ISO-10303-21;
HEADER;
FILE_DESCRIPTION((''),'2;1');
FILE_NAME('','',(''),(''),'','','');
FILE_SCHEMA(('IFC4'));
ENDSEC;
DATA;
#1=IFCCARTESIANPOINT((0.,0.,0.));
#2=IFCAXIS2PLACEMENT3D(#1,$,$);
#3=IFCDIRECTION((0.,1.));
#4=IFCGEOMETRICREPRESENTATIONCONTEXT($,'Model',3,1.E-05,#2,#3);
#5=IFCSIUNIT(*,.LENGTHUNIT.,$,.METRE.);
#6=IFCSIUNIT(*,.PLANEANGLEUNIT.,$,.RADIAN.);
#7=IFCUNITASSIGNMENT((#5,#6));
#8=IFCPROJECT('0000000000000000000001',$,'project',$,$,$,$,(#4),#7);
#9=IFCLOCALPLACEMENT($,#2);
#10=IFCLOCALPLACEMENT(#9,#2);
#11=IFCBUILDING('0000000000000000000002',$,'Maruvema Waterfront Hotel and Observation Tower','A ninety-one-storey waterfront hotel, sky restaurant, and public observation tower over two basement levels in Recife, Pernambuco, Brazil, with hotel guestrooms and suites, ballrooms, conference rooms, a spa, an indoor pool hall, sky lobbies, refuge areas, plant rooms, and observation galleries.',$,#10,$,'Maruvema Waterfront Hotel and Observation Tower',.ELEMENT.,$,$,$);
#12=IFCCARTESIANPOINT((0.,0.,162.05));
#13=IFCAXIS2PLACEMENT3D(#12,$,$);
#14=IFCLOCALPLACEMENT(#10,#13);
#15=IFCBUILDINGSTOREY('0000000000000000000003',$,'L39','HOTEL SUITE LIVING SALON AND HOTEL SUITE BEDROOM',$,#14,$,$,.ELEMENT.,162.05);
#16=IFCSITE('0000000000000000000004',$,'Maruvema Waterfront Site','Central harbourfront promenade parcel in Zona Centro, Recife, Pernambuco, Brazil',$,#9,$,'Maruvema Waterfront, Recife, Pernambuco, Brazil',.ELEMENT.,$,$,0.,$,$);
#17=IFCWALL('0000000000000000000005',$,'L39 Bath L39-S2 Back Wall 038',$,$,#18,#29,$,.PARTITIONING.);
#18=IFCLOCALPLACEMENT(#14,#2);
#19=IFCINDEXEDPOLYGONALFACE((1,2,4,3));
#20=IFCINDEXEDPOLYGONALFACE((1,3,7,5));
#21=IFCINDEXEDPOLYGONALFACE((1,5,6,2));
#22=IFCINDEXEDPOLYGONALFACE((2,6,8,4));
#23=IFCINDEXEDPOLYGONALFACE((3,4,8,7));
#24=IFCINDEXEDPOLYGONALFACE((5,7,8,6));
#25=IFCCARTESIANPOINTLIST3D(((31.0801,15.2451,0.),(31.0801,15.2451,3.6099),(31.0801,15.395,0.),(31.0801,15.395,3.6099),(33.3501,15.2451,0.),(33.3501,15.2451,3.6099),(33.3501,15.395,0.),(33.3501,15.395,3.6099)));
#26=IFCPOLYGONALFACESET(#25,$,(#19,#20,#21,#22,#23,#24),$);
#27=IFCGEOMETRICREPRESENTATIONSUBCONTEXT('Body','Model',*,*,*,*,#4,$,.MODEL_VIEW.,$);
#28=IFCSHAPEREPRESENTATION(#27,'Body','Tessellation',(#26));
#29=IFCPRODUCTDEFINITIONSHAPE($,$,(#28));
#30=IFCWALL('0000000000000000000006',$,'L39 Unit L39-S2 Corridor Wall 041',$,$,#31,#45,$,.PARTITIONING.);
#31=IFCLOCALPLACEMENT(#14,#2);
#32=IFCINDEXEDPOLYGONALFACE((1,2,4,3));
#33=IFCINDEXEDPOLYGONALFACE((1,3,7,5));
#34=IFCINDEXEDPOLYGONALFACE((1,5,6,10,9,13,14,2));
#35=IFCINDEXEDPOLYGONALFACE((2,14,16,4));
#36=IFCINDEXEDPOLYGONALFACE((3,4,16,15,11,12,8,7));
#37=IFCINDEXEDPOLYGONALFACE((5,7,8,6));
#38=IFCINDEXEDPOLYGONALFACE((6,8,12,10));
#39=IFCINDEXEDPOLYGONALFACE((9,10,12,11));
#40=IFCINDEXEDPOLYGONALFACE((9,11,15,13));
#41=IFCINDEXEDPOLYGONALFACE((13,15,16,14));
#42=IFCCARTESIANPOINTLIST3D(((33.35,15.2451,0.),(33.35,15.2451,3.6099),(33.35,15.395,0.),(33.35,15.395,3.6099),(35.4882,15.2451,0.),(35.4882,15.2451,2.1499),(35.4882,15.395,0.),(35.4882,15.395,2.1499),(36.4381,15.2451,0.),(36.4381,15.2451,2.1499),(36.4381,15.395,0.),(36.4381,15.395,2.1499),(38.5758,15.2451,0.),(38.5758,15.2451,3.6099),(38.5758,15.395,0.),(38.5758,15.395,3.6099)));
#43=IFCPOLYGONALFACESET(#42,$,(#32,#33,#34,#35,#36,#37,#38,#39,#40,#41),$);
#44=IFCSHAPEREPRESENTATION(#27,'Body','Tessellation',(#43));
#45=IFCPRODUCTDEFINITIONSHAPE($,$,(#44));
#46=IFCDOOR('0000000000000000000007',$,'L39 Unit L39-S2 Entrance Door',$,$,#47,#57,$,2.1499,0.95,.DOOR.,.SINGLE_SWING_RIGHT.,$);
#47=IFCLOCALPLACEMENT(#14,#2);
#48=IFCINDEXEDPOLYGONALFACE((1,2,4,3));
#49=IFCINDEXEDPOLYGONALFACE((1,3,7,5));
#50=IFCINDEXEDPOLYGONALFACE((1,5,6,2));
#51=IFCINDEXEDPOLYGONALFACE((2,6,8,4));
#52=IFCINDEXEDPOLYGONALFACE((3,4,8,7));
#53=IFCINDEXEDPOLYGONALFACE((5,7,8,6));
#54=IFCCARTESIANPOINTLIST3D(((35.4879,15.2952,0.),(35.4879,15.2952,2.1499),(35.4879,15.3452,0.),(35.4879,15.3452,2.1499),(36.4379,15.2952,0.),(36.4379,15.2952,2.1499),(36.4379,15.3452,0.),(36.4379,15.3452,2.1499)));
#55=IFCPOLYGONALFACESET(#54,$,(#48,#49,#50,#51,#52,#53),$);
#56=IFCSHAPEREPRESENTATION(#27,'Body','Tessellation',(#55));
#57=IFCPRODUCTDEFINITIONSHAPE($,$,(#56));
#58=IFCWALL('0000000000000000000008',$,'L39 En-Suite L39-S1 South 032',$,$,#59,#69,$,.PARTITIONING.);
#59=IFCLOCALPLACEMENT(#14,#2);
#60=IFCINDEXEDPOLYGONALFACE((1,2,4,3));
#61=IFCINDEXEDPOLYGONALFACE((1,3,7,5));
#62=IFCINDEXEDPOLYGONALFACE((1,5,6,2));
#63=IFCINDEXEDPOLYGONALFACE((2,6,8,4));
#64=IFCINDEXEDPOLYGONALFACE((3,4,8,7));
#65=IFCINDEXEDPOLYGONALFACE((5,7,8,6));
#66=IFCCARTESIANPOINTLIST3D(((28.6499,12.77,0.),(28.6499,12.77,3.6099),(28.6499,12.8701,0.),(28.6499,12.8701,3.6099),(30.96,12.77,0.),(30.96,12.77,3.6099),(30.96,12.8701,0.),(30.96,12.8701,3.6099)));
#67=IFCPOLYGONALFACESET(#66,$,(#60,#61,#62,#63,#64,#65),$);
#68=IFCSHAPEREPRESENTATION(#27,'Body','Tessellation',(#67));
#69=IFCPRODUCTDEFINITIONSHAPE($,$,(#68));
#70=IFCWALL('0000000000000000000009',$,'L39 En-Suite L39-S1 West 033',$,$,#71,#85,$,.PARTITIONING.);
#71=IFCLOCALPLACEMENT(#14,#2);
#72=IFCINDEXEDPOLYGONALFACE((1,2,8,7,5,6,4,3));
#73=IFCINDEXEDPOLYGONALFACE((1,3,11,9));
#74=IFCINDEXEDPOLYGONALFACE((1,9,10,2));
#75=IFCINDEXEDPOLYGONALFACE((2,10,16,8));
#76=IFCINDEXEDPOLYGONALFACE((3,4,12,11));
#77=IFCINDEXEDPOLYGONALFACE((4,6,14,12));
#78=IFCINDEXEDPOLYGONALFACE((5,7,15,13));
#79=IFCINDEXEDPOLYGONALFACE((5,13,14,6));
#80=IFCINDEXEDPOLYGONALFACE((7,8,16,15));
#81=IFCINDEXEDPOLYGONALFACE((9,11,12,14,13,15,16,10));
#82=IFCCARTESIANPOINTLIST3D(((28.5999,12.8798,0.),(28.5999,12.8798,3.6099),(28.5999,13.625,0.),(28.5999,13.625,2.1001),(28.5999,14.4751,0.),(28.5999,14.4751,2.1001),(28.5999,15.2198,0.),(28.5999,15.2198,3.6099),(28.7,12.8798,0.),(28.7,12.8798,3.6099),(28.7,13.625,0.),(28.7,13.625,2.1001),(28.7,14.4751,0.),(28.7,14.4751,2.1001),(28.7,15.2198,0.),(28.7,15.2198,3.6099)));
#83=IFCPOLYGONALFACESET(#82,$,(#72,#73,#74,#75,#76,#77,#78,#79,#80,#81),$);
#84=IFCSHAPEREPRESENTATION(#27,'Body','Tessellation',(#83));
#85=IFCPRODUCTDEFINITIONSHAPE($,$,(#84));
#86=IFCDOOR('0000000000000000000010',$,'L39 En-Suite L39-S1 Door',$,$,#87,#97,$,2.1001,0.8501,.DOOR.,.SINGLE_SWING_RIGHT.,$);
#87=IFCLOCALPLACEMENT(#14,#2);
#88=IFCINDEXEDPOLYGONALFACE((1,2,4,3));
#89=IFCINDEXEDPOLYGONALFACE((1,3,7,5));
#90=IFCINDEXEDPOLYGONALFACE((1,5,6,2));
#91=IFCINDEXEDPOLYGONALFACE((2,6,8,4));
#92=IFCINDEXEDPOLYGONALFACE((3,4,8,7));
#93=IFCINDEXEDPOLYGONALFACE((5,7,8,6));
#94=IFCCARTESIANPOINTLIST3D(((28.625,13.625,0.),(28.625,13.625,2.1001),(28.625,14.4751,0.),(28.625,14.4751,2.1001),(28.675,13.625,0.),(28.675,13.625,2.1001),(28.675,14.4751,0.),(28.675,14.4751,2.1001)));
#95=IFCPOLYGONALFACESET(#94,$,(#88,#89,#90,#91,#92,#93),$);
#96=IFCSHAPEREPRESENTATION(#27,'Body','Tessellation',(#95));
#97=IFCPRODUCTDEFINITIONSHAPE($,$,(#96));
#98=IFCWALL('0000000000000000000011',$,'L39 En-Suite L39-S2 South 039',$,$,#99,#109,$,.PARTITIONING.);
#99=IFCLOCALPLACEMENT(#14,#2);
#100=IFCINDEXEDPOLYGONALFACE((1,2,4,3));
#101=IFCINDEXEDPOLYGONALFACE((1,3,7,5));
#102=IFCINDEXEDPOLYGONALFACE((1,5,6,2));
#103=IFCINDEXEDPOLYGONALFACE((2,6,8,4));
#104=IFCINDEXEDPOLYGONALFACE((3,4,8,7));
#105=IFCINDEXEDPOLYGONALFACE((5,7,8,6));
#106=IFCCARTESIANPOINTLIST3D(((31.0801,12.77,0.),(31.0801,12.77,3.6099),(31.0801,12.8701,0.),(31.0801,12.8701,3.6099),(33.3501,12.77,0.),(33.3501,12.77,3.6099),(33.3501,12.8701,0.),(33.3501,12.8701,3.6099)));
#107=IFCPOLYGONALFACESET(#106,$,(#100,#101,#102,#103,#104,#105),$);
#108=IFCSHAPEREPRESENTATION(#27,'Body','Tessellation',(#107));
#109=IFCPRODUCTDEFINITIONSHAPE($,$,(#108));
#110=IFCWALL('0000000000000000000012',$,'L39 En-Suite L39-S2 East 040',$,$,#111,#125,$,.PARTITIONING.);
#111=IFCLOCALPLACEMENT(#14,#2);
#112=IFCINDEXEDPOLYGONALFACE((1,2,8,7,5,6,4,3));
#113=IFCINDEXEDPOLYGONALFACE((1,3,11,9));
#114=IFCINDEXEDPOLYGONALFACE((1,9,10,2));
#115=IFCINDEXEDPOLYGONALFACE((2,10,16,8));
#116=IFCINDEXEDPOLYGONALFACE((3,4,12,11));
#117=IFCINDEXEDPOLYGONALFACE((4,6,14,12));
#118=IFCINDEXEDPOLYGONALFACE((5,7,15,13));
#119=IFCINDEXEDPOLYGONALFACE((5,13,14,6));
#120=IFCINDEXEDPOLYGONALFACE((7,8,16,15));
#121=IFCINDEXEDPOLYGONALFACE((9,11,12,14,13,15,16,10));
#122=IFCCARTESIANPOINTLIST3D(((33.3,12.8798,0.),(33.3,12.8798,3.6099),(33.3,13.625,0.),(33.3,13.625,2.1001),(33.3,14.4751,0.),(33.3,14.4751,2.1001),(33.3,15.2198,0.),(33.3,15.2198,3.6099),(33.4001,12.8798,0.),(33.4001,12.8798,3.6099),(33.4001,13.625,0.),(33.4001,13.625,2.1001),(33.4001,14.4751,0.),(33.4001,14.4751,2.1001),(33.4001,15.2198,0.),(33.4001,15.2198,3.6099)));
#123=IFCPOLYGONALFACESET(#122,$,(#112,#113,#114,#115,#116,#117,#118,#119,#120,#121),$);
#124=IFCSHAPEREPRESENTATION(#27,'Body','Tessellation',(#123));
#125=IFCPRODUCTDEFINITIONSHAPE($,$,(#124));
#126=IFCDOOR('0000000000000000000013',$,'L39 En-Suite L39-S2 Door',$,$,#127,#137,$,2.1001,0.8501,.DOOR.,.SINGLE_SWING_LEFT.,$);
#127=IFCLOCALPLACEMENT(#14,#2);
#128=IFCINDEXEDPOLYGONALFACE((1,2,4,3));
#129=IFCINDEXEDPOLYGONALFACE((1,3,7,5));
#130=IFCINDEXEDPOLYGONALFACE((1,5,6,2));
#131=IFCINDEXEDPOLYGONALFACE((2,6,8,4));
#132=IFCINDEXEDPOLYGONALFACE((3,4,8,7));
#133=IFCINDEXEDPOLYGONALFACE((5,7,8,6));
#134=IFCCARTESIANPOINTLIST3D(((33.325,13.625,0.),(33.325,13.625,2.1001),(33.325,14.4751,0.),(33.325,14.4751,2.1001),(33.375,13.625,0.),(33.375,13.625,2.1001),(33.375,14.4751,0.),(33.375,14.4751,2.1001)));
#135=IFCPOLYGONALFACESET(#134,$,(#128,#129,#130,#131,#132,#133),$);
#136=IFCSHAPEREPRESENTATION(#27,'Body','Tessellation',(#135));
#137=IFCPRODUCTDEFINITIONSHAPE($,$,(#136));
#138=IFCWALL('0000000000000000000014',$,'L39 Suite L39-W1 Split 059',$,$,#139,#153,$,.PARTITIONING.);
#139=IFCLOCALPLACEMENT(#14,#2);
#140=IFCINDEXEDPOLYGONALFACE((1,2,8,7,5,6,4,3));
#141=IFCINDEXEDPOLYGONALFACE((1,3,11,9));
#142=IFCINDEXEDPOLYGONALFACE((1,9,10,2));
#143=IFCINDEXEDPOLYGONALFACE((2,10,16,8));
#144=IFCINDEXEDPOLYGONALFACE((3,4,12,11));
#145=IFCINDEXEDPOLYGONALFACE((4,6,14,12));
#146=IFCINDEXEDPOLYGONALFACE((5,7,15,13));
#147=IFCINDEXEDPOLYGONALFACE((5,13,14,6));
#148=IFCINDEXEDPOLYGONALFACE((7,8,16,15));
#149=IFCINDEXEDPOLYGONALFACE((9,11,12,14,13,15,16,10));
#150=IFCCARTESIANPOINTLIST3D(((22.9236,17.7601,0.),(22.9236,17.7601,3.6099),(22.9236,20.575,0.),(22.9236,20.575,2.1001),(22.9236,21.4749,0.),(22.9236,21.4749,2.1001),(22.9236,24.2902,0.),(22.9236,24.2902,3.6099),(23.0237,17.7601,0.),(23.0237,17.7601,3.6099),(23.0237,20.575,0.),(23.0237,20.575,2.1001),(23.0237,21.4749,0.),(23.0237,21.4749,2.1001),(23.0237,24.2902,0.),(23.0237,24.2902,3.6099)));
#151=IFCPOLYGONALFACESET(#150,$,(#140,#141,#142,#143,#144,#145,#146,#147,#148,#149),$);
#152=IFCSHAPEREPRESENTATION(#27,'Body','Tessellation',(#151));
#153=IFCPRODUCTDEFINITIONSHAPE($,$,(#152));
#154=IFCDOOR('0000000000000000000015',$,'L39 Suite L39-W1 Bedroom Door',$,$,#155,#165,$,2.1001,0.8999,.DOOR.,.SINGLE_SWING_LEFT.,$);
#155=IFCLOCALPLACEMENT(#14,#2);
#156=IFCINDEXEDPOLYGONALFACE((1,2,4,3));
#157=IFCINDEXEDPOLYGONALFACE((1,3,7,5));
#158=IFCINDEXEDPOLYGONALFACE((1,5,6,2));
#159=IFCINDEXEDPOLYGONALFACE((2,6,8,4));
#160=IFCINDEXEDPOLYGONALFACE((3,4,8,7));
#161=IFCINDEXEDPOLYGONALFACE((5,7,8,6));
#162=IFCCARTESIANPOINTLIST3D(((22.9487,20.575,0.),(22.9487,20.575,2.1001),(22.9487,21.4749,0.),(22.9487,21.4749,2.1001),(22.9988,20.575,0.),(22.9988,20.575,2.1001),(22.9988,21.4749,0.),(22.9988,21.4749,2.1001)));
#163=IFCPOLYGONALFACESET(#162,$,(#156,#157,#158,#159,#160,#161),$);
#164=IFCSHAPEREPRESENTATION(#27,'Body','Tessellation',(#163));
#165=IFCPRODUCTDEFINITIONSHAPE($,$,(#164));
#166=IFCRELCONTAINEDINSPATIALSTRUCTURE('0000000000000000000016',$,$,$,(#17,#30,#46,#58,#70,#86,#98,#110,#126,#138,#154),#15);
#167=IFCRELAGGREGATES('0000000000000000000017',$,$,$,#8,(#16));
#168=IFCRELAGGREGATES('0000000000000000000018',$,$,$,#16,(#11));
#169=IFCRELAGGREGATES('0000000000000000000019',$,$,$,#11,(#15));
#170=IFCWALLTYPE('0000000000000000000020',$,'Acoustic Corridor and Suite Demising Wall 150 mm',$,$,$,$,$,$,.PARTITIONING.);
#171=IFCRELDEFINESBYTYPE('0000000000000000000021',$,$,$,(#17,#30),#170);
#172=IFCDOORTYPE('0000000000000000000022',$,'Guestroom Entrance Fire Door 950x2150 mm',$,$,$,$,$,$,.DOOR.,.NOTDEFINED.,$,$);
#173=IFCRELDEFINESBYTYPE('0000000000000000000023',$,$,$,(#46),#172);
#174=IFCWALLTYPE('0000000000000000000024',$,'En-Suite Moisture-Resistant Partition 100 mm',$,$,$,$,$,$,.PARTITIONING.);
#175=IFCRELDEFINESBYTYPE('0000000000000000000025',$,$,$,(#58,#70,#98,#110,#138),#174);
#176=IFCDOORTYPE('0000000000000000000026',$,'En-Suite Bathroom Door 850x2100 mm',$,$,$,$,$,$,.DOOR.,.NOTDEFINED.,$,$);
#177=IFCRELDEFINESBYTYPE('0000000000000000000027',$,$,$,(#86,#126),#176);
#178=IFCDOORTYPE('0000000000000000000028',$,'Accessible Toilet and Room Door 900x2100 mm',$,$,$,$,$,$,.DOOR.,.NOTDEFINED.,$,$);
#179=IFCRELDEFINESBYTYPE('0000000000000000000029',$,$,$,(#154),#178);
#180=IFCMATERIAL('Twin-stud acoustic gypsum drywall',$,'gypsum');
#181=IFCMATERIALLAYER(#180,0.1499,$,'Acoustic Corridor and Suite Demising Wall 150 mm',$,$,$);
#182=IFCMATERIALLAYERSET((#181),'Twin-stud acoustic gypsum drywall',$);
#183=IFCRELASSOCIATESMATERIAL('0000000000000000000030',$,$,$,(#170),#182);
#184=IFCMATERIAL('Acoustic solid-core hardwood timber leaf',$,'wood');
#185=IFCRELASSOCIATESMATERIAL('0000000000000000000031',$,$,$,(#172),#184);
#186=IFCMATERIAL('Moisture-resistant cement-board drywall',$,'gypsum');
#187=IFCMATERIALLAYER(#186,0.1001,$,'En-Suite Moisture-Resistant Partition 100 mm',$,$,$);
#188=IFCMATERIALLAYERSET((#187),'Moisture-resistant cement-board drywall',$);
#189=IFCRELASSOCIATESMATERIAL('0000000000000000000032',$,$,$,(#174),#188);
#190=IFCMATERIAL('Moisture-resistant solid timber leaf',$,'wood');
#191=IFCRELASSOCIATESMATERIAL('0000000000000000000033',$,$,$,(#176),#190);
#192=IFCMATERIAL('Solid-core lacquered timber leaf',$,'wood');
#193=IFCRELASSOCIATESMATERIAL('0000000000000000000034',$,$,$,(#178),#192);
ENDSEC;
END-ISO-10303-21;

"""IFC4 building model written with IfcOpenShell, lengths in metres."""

from ifc_helpers import new_model, si_unit, direction, frame, frame_2d, origin, place, context, subcontext, project, spatial, rectangle, extrude, material, layer, layer_set, type_object, element, fill, save


model = new_model("IFC4")

# Units and contexts
model_context = context("Model", 3, precision=1e-05, world=origin(), true_north=direction((0.0, 1.0)))
body_context = subcontext(model_context, "Body", "Model", "MODEL_VIEW")
ifc_project = project(units=[si_unit("LENGTHUNIT", "METRE"), si_unit("PLANEANGLEUNIT", "RADIAN")], contexts=[model_context])

# Site, building, storey
site_placement = place(None, origin())
site = spatial("IfcSite", under=ifc_project, at=site_placement, Name="Maruvema Waterfront Site", Description="Central harbourfront promenade parcel in Zona Centro, Recife, Pernambuco, Brazil", LongName="Maruvema Waterfront, Recife, Pernambuco, Brazil", CompositionType="ELEMENT", RefElevation=0.0)
building_placement = place(site_placement, origin())
building = spatial("IfcBuilding", under=site, at=building_placement, Name="Maruvema Waterfront Hotel and Observation Tower", Description="A ninety-one-storey waterfront hotel, sky restaurant, and public observation tower over two basement levels in Recife, Pernambuco, Brazil, with hotel guestrooms and suites, ballrooms, conference rooms, a spa, an indoor pool hall, sky lobbies, refuge areas, plant rooms, and observation galleries.", LongName="Maruvema Waterfront Hotel and Observation Tower", CompositionType="ELEMENT")
storey_placement = place(building_placement, frame((0.0, 0.0, 162.05)))
storey = spatial("IfcBuildingStorey", under=building, at=storey_placement, Name="L39", Description="HOTEL SUITE LIVING SALON AND HOTEL SUITE BEDROOM", CompositionType="ELEMENT", Elevation=162.05)

# Shared definitions
ifc_material_1 = material(Name="Twin-stud acoustic gypsum drywall", Category="gypsum")
ifc_layer_1 = layer(ifc_material_1, 0.1499, Name="Acoustic Corridor and Suite Demising Wall 150 mm")
ifc_layer_set_1 = layer_set([ifc_layer_1], Name="Twin-stud acoustic gypsum drywall")
wall_type_1 = type_object("IfcWallType", Name="Acoustic Corridor and Suite Demising Wall 150 mm", PredefinedType="PARTITIONING", material=ifc_layer_set_1)

# Shared definitions
ifc_material_2 = material(Name="Acoustic solid-core hardwood timber leaf", Category="wood")
door_type_1 = type_object("IfcDoorType", Name="Guestroom Entrance Fire Door 950x2150 mm", OperationType="NOTDEFINED", PredefinedType="DOOR", material=ifc_material_2)

# Wall
wall_1_placement = place(storey_placement, frame((31.0801, 15.3201, 0.0), z_axis=(0.0, 0.0, 1.0), x_axis=(1.0, 0.0, 0.0)))
element("IfcWall", 1, at=wall_1_placement, inside=storey, type_object=wall_type_1, Name="L39 Bath L39-S2 Back Wall 038", PredefinedType="PARTITIONING", context=body_context, shape_type="SweptSolid", body=[
    extrude(rectangle(XDim=2.27, YDim=0.1499, at=frame_2d((1.135, 0.0))), origin(), (0.0, 0.0, 1.0), 3.6099),
])

# Wall, opening, door
wall_2_placement = place(storey_placement, frame((33.3501, 15.3201, 0.0), z_axis=(0.0, 0.0, 1.0), x_axis=(1.0, 0.0, 0.0)))
wall_2 = element("IfcWall", 2, at=wall_2_placement, inside=storey, type_object=wall_type_1, Name="L39 Unit L39-S2 Corridor Wall 041", PredefinedType="PARTITIONING", context=body_context, shape_type="SweptSolid", body=[
    extrude(rectangle(XDim=5.2258, YDim=0.1499, at=frame_2d((2.6128, 0.0))), origin(), (0.0, 0.0, 1.0), 3.6099),
])
opening_1_placement = place(wall_2_placement, frame((2.1379, 0.0, 0.0)))
opening_1 = element("IfcOpeningElement", 3, at=opening_1_placement, cuts=wall_2, PredefinedType="OPENING", context=body_context, shape_type="SweptSolid", body=[
    extrude(rectangle(XDim=0.95, YDim=2.1499, at=frame_2d((0.4751, 1.075))), frame((0.0, 0.085, 0.0), z_axis=(0.0, -1.0, 0.0), x_axis=(1.0, 0.0, 0.0)), (0.0, 0.0, 1.0), 0.1699),
])
door_1_placement = place(opening_1_placement, frame((0.95, 0.0, 0.0), z_axis=(0.0, 0.0, 1.0), x_axis=(-1.0, 0.0, 0.0)))
door_1 = element("IfcDoor", 4, at=door_1_placement, inside=storey, type_object=door_type_1, Name="L39 Unit L39-S2 Entrance Door", OperationType="SINGLE_SWING_RIGHT", OverallHeight=2.1499, OverallWidth=0.95, PredefinedType="DOOR", context=body_context, shape_type="SweptSolid", body=[
    extrude(rectangle(XDim=0.95, YDim=2.1499, at=frame_2d((0.4751, 1.075))), frame((0.0, 0.0249, 0.0), z_axis=(0.0, -1.0, 0.0), x_axis=(1.0, 0.0, 0.0)), (0.0, 0.0, 1.0), 0.05),
])
fill(opening_1, door_1)

# Wall
ifc_material_3 = material(Name="Moisture-resistant cement-board drywall", Category="gypsum")
ifc_layer_2 = layer(ifc_material_3, 0.1001, Name="En-Suite Moisture-Resistant Partition 100 mm")
ifc_layer_set_2 = layer_set([ifc_layer_2], Name="Moisture-resistant cement-board drywall")
wall_type_2 = type_object("IfcWallType", Name="En-Suite Moisture-Resistant Partition 100 mm", PredefinedType="PARTITIONING", material=ifc_layer_set_2)
wall_3_placement = place(storey_placement, frame((28.6499, 12.8201, 0.0), z_axis=(0.0, 0.0, 1.0), x_axis=(1.0, 0.0, 0.0)))
element("IfcWall", 5, at=wall_3_placement, inside=storey, type_object=wall_type_2, Name="L39 En-Suite L39-S1 South 032", PredefinedType="PARTITIONING", context=body_context, shape_type="SweptSolid", body=[
    extrude(rectangle(XDim=2.3101, YDim=0.1001, at=frame_2d((1.155, 0.0))), origin(), (0.0, 0.0, 1.0), 3.6099),
])

# Wall, opening, door
wall_4_placement = place(storey_placement, frame((28.6499, 12.8799, 0.0), z_axis=(0.0, 0.0, 1.0), x_axis=(0.0, 1.0, 0.0)))
wall_4 = element("IfcWall", 6, at=wall_4_placement, inside=storey, type_object=wall_type_2, Name="L39 En-Suite L39-S1 West 033", PredefinedType="PARTITIONING", context=body_context, shape_type="SweptSolid", body=[
    extrude(rectangle(XDim=2.3401, YDim=0.1001, at=frame_2d((1.1699, 0.0))), origin(), (0.0, 0.0, 1.0), 3.6099),
])
opening_2_placement = place(wall_4_placement, frame((0.7451, 0.0, 0.0)))
opening_2 = element("IfcOpeningElement", 7, at=opening_2_placement, cuts=wall_4, PredefinedType="OPENING", context=body_context, shape_type="SweptSolid", body=[
    extrude(rectangle(XDim=0.8501, YDim=2.1001, at=frame_2d((0.425, 1.05))), frame((0.0, 0.0601, 0.0), z_axis=(0.0, -1.0, 0.0), x_axis=(1.0, 0.0, 0.0)), (0.0, 0.0, 1.0), 0.1201),
])
ifc_material_4 = material(Name="Moisture-resistant solid timber leaf", Category="wood")
door_type_2 = type_object("IfcDoorType", Name="En-Suite Bathroom Door 850x2100 mm", OperationType="NOTDEFINED", PredefinedType="DOOR", material=ifc_material_4)
door_2_placement = place(opening_2_placement, origin())
door_2 = element("IfcDoor", 8, at=door_2_placement, inside=storey, type_object=door_type_2, Name="L39 En-Suite L39-S1 Door", OperationType="SINGLE_SWING_RIGHT", OverallHeight=2.1001, OverallWidth=0.8501, PredefinedType="DOOR", context=body_context, shape_type="SweptSolid", body=[
    extrude(rectangle(XDim=0.8501, YDim=2.1001, at=frame_2d((0.425, 1.05))), frame((0.0, 0.0249, 0.0), z_axis=(0.0, -1.0, 0.0), x_axis=(1.0, 0.0, 0.0)), (0.0, 0.0, 1.0), 0.05),
])
fill(opening_2, door_2)

# Wall
wall_5_placement = place(storey_placement, frame((31.0801, 12.8201, 0.0), z_axis=(0.0, 0.0, 1.0), x_axis=(1.0, 0.0, 0.0)))
element("IfcWall", 9, at=wall_5_placement, inside=storey, type_object=wall_type_2, Name="L39 En-Suite L39-S2 South 039", PredefinedType="PARTITIONING", context=body_context, shape_type="SweptSolid", body=[
    extrude(rectangle(XDim=2.27, YDim=0.1001, at=frame_2d((1.135, 0.0))), origin(), (0.0, 0.0, 1.0), 3.6099),
])

# Walls, openings, doors
wall_6_placement = place(storey_placement, frame((33.3501, 12.8799, 0.0), z_axis=(0.0, 0.0, 1.0), x_axis=(0.0, 1.0, 0.0)))
wall_6 = element("IfcWall", 10, at=wall_6_placement, inside=storey, type_object=wall_type_2, Name="L39 En-Suite L39-S2 East 040", PredefinedType="PARTITIONING", context=body_context, shape_type="SweptSolid", body=[
    extrude(rectangle(XDim=2.3401, YDim=0.1001, at=frame_2d((1.1699, 0.0))), origin(), (0.0, 0.0, 1.0), 3.6099),
])
opening_3_placement = place(wall_6_placement, frame((0.7451, 0.0, 0.0)))
opening_3 = element("IfcOpeningElement", 11, at=opening_3_placement, cuts=wall_6, PredefinedType="OPENING", context=body_context, shape_type="SweptSolid", body=[
    extrude(rectangle(XDim=0.8501, YDim=2.1001, at=frame_2d((0.425, 1.05))), frame((0.0, 0.0601, 0.0), z_axis=(0.0, -1.0, 0.0), x_axis=(1.0, 0.0, 0.0)), (0.0, 0.0, 1.0), 0.1201),
])
door_3_placement = place(opening_3_placement, frame((0.8501, 0.0, 0.0), z_axis=(0.0, 0.0, 1.0), x_axis=(-1.0, 0.0, 0.0)))
door_3 = element("IfcDoor", 12, at=door_3_placement, inside=storey, type_object=door_type_2, Name="L39 En-Suite L39-S2 Door", OperationType="SINGLE_SWING_LEFT", OverallHeight=2.1001, OverallWidth=0.8501, PredefinedType="DOOR", context=body_context, shape_type="SweptSolid", body=[
    extrude(rectangle(XDim=0.8501, YDim=2.1001, at=frame_2d((0.425, 1.05))), frame((0.0, 0.0249, 0.0), z_axis=(0.0, -1.0, 0.0), x_axis=(1.0, 0.0, 0.0)), (0.0, 0.0, 1.0), 0.05),
])
fill(opening_3, door_3)
wall_7_placement = place(storey_placement, frame((22.9736, 17.76, 0.0), z_axis=(0.0, 0.0, 1.0), x_axis=(0.0, 1.0, 0.0)))
wall_7 = element("IfcWall", 13, at=wall_7_placement, inside=storey, type_object=wall_type_2, Name="L39 Suite L39-W1 Split 059", PredefinedType="PARTITIONING", context=body_context, shape_type="SweptSolid", body=[
    extrude(rectangle(XDim=6.53, YDim=0.1001, at=frame_2d((3.2651, 0.0))), origin(), (0.0, 0.0, 1.0), 3.6099),
])
opening_4_placement = place(wall_7_placement, frame((2.8149, 0.0, 0.0)))
opening_4 = element("IfcOpeningElement", 14, at=opening_4_placement, cuts=wall_7, PredefinedType="OPENING", context=body_context, shape_type="SweptSolid", body=[
    extrude(rectangle(XDim=0.8999, YDim=2.1001, at=frame_2d((0.45, 1.05))), frame((0.0, 0.0601, 0.0), z_axis=(0.0, -1.0, 0.0), x_axis=(1.0, 0.0, 0.0)), (0.0, 0.0, 1.0), 0.1201),
])
ifc_material_5 = material(Name="Solid-core lacquered timber leaf", Category="wood")
door_type_3 = type_object("IfcDoorType", Name="Accessible Toilet and Room Door 900x2100 mm", OperationType="NOTDEFINED", PredefinedType="DOOR", material=ifc_material_5)
door_4_placement = place(opening_4_placement, origin())
door_4 = element("IfcDoor", 15, at=door_4_placement, inside=storey, type_object=door_type_3, Name="L39 Suite L39-W1 Bedroom Door", OperationType="SINGLE_SWING_LEFT", OverallHeight=2.1001, OverallWidth=0.8999, PredefinedType="DOOR", context=body_context, shape_type="SweptSolid", body=[
    extrude(rectangle(XDim=0.8999, YDim=2.1001, at=frame_2d((0.45, 1.05))), frame((0.0, 0.0249, 0.0), z_axis=(0.0, -1.0, 0.0), x_axis=(1.0, 0.0, 0.0)), (0.0, 0.0, 1.0), 0.05),
])
fill(opening_4, door_4)

save(model, "model.ifc")
